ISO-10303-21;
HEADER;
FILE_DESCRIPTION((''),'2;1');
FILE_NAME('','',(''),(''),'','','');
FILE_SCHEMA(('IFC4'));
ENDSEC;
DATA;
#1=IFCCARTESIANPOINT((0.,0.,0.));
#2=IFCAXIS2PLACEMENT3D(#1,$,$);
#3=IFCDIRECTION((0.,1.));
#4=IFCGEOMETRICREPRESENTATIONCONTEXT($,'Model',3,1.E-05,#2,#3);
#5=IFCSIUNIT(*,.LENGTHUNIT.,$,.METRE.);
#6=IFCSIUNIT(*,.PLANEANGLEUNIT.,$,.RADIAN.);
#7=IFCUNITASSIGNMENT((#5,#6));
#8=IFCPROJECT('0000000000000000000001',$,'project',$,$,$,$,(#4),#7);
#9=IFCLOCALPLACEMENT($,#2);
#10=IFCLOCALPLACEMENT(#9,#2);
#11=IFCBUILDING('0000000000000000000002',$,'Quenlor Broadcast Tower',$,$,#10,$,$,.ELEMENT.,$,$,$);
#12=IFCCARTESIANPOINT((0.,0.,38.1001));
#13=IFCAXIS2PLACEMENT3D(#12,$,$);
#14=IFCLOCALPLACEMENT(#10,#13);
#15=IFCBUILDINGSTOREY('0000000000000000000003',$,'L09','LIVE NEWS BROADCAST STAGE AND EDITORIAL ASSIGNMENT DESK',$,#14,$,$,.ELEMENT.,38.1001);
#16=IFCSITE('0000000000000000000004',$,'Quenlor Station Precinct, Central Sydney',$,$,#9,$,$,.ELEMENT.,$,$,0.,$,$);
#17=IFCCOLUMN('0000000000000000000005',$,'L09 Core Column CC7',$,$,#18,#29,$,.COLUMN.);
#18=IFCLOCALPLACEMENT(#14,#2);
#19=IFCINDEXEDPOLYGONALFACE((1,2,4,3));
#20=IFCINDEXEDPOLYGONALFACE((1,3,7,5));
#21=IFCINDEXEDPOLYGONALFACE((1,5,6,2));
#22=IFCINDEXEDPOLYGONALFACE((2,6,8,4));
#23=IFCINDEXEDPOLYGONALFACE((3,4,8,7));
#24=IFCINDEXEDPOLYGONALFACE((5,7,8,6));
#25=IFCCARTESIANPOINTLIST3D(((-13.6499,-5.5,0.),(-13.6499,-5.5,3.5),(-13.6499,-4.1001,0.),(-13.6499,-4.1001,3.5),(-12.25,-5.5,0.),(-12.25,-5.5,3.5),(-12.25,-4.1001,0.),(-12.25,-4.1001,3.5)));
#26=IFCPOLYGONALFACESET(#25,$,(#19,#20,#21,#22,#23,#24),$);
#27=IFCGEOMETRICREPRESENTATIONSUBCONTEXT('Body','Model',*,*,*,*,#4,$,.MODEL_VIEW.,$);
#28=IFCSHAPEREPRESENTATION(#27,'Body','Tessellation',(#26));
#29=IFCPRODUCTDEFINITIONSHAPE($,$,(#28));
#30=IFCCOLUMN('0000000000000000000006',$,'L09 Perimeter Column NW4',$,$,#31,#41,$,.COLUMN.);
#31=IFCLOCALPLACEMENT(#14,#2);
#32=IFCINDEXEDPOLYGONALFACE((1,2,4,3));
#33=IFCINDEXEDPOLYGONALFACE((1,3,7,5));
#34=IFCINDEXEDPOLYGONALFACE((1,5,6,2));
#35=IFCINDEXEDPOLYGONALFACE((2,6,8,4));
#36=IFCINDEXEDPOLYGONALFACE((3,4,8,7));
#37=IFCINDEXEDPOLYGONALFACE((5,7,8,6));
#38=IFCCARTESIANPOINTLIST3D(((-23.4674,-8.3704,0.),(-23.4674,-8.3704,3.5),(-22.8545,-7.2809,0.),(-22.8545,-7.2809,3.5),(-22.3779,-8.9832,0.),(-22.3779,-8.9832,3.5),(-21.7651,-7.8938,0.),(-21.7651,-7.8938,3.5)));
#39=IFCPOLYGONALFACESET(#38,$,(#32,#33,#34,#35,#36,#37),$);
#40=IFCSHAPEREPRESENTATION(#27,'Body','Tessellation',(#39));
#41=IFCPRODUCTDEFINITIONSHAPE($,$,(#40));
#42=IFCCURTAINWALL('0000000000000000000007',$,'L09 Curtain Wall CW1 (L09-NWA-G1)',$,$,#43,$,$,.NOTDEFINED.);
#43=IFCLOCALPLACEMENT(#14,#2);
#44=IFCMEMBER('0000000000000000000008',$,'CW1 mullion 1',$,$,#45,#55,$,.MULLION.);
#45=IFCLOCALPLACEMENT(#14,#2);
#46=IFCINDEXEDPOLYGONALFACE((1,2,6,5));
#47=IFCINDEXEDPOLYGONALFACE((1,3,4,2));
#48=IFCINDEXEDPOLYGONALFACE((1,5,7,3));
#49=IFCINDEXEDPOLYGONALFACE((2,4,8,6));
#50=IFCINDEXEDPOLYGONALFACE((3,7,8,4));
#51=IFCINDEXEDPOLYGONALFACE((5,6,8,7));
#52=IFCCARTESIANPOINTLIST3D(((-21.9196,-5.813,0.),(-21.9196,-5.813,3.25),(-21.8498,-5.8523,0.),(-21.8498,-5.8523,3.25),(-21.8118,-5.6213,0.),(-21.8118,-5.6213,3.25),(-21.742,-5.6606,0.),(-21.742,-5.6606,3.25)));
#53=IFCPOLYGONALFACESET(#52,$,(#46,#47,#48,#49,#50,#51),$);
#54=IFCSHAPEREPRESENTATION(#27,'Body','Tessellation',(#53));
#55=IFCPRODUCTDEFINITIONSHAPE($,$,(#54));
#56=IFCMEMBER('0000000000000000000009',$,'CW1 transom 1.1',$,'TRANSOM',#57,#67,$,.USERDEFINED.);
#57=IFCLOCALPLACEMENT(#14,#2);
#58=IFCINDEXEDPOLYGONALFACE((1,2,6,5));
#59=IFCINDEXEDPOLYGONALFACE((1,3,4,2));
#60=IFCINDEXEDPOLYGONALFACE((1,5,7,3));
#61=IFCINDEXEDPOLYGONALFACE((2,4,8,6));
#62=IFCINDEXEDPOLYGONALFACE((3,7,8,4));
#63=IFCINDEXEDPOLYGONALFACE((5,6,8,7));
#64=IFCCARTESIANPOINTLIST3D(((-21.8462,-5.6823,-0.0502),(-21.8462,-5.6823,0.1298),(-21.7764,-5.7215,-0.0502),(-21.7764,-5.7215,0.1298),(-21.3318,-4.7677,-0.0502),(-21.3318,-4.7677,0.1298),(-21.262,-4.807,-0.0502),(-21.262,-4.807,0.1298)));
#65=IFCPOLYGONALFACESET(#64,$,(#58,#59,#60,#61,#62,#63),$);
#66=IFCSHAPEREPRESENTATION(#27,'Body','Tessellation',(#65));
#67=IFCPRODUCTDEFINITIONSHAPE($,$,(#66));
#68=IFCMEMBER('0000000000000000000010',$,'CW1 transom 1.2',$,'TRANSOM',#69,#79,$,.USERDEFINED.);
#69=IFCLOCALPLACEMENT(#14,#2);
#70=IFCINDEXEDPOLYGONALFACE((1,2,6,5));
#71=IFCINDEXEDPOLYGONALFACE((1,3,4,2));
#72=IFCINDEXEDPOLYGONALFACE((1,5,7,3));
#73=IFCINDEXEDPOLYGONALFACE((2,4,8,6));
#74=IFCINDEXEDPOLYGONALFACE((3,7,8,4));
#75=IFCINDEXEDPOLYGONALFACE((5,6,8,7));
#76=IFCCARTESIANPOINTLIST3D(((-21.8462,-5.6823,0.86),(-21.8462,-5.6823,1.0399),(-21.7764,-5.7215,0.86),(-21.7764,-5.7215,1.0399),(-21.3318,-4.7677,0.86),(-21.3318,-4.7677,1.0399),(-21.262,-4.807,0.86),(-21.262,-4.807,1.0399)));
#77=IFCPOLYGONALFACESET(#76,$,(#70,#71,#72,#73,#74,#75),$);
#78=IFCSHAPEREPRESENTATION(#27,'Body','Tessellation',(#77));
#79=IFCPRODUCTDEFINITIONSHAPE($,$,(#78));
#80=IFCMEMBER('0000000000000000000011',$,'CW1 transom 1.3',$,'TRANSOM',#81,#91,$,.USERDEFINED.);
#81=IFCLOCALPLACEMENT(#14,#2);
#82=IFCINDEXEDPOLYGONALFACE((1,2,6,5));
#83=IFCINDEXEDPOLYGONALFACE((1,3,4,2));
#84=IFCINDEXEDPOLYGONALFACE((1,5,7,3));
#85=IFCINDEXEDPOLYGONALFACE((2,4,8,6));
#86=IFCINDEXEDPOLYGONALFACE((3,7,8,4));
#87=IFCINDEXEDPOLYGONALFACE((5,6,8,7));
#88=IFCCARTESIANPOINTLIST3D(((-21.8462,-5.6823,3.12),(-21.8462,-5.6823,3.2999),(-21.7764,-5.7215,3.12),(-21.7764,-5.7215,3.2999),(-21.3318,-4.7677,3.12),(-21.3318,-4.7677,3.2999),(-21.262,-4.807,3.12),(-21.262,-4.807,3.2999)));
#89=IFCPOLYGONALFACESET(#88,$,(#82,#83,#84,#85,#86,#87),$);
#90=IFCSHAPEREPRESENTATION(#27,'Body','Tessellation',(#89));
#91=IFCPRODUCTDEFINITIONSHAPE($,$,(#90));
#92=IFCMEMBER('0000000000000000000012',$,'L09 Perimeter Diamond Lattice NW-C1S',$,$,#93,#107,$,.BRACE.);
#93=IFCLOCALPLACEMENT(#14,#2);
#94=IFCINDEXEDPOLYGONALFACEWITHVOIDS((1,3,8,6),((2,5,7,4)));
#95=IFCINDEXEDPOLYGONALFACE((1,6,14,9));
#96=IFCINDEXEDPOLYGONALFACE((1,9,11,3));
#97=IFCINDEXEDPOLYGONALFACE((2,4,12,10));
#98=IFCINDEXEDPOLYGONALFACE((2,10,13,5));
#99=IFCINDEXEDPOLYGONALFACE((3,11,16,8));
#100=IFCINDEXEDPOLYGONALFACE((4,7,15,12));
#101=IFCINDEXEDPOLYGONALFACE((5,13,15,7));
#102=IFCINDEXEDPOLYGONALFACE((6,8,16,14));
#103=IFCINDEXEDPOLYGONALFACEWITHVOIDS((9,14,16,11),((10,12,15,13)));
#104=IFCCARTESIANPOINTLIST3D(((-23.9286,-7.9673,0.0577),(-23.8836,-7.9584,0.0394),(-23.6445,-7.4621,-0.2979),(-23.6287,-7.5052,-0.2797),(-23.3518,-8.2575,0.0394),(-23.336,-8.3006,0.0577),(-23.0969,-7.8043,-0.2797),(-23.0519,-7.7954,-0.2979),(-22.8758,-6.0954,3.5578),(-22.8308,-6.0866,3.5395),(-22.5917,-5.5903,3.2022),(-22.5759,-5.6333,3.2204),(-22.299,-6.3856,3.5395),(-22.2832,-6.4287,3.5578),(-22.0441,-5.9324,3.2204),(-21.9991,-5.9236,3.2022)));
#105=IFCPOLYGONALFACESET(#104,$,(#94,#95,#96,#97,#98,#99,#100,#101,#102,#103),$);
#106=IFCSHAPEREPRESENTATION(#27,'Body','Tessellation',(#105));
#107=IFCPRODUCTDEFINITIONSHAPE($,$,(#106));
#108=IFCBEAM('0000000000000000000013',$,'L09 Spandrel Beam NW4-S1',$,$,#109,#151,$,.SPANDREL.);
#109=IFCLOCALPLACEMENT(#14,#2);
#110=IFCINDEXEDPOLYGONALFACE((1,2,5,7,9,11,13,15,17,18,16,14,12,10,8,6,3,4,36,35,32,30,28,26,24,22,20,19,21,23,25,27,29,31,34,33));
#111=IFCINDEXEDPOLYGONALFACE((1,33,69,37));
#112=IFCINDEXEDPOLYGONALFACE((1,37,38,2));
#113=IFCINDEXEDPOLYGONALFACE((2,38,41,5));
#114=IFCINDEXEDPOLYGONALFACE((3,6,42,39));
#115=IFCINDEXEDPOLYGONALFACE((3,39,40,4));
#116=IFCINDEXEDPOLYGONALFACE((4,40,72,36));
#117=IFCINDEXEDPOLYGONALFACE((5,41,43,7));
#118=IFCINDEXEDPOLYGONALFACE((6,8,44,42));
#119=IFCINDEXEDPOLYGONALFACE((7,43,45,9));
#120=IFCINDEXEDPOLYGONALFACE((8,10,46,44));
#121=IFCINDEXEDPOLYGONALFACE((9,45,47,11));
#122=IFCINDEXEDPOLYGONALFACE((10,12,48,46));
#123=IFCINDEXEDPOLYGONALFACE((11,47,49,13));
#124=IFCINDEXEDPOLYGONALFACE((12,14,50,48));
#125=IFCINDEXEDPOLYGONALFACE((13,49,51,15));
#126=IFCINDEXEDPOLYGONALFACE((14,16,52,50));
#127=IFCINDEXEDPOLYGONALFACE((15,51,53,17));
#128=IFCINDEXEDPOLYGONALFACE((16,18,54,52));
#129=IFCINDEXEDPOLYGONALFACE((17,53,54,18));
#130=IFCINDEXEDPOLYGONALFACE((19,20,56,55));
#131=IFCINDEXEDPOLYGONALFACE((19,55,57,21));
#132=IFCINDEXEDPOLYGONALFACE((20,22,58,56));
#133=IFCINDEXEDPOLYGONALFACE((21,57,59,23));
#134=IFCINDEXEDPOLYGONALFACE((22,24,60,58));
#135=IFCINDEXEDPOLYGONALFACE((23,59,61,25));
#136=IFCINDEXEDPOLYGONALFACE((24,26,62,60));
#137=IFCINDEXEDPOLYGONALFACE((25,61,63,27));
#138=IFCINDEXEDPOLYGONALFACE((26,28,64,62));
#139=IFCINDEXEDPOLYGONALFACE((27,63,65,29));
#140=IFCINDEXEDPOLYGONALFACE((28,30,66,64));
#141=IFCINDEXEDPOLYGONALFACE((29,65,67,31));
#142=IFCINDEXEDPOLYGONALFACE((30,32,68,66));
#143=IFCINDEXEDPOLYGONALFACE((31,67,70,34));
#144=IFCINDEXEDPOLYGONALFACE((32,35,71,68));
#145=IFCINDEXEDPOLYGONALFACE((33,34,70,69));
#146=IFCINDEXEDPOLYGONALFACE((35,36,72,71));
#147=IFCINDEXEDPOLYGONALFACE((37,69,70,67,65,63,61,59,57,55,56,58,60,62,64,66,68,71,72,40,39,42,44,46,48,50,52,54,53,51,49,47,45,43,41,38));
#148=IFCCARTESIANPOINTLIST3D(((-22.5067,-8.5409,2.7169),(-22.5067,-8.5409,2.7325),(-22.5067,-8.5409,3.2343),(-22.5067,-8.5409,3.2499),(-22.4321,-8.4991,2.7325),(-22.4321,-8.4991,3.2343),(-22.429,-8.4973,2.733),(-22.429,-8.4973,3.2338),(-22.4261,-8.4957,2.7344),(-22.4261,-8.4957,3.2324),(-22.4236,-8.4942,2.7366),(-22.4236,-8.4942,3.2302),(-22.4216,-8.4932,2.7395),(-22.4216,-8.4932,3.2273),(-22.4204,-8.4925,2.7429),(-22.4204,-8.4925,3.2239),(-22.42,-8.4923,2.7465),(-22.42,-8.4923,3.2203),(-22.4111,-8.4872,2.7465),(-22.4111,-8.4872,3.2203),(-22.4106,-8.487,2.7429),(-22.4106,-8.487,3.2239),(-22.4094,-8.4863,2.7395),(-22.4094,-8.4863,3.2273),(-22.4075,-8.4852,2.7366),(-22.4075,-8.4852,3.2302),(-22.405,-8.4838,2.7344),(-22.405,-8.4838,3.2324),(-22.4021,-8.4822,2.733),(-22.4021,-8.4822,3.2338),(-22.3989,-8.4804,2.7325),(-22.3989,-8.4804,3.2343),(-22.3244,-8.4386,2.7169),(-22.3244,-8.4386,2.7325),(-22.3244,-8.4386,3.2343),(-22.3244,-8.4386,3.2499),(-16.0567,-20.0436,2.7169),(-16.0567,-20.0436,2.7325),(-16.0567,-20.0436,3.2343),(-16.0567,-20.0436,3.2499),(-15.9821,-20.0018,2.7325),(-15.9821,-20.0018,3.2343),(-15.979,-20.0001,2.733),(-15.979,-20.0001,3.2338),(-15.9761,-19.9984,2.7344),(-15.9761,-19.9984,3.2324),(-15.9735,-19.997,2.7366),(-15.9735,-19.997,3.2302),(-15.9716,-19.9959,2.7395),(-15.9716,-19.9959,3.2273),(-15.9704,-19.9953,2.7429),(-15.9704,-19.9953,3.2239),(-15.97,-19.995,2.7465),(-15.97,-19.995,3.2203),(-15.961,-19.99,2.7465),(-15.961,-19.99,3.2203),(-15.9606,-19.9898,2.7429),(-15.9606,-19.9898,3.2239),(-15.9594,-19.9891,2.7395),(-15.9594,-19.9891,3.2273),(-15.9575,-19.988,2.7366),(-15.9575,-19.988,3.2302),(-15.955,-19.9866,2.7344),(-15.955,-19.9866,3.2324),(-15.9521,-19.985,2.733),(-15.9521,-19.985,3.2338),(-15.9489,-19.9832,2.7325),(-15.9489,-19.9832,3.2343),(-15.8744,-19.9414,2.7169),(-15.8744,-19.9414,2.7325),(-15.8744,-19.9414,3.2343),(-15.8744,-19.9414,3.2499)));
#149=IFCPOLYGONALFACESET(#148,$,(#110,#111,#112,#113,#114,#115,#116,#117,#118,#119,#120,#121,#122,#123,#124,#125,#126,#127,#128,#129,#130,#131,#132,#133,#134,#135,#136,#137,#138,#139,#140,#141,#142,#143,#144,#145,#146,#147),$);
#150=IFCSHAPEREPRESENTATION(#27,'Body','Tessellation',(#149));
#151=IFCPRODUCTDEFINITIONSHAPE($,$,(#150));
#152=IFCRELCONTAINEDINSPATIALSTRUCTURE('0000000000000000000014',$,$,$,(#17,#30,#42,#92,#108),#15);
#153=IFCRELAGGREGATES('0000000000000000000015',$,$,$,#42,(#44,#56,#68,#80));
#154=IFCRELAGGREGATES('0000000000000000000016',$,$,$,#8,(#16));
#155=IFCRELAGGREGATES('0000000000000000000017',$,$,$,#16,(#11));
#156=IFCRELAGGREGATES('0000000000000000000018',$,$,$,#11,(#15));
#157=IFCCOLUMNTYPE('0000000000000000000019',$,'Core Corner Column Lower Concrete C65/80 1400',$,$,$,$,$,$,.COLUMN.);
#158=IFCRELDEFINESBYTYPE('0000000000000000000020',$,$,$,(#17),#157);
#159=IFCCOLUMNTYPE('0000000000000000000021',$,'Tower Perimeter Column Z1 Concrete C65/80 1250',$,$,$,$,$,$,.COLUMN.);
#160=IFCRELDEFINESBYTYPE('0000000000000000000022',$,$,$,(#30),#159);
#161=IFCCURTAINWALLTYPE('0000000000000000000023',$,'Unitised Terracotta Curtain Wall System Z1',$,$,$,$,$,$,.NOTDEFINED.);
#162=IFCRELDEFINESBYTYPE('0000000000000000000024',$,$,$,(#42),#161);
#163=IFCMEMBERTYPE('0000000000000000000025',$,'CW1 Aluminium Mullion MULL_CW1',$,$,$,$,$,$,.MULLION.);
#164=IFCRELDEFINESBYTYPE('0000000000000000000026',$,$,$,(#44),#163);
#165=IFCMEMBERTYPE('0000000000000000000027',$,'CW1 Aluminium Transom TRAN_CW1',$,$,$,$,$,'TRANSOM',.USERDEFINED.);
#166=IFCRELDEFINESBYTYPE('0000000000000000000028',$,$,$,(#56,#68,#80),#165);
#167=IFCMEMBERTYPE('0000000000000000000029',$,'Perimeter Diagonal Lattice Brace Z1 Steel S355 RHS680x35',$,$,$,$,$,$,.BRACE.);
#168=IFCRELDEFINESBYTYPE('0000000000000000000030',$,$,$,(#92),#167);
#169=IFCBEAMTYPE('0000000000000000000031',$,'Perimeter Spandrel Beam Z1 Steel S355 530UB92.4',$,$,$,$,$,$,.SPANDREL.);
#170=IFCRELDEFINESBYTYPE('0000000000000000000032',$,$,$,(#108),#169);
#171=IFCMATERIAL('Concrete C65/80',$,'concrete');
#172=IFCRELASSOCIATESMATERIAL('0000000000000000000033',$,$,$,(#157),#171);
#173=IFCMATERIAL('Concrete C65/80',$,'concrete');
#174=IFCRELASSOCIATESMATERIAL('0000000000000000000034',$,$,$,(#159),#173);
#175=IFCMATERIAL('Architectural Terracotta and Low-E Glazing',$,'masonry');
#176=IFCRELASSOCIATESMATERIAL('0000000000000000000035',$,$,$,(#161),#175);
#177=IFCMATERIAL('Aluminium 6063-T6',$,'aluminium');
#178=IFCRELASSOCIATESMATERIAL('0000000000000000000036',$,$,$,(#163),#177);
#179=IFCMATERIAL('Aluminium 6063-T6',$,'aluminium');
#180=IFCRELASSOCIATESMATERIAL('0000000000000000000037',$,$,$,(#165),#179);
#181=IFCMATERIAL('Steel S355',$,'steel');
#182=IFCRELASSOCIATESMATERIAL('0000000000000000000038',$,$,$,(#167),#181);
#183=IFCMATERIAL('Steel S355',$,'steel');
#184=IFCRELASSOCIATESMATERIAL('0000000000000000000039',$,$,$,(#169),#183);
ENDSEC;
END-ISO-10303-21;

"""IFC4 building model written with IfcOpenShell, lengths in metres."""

from ifc_helpers import new_model, si_unit, direction, frame, origin, origin_2d, place, context, subcontext, project, spatial, rectangle, hollow_rectangle, i_section, extrude, material, material_profile, profile_set, type_object, element, aggregate, save


model = new_model("IFC4")

# Units and contexts
model_context = context("Model", 3, precision=1e-05, world=origin(), true_north=direction((0.0, 1.0)))
body_context = subcontext(model_context, "Body", "Model", "MODEL_VIEW")
ifc_project = project(units=[si_unit("LENGTHUNIT", "METRE"), si_unit("PLANEANGLEUNIT", "RADIAN")], contexts=[model_context])

# Site, building, storey
site_placement = place(None, origin())
site = spatial("IfcSite", under=ifc_project, at=site_placement, Name="Quenlor Station Precinct, Central Sydney", CompositionType="ELEMENT", RefElevation=0.0)
building_placement = place(site_placement, origin())
building = spatial("IfcBuilding", under=site, at=building_placement, Name="Quenlor Broadcast Tower", CompositionType="ELEMENT")
storey_placement = place(building_placement, frame((0.0, 0.0, 38.1001)))
storey = spatial("IfcBuildingStorey", under=building, at=storey_placement, Name="L09", Description="LIVE NEWS BROADCAST STAGE AND EDITORIAL ASSIGNMENT DESK", CompositionType="ELEMENT", Elevation=38.1001)

# Columns
ifc_material_1 = material(Name="Concrete C65/80", Category="concrete")
ifc_material_profile_1 = material_profile(ifc_material_1, rectangle(XDim=1.3999, YDim=1.3999, at=origin_2d()))
ifc_profile_set_1 = profile_set([ifc_material_profile_1], Name="Concrete C65/80 RC1400x1400")
column_type_1 = type_object("IfcColumnType", Name="Core Corner Column Lower Concrete C65/80 1400", PredefinedType="COLUMN", material=ifc_profile_set_1)
column_1_placement = place(storey_placement, frame((-12.95, -4.8, 0.0), z_axis=(0.0, 0.0, 1.0), x_axis=(1.0, 0.0, 0.0)))
element("IfcColumn", 1, at=column_1_placement, inside=storey, type_object=column_type_1, Name="L09 Core Column CC7", PredefinedType="COLUMN", context=body_context, shape_type="SweptSolid", body=[
    extrude(rectangle(XDim=1.3999, YDim=1.3999, at=origin_2d()), origin(), (0.0, 0.0, 1.0), 3.5),
])
ifc_material_2 = material(Name="Concrete C65/80", Category="concrete")
ifc_material_profile_2 = material_profile(ifc_material_2, rectangle(XDim=1.25, YDim=1.25, at=origin_2d()))
ifc_profile_set_2 = profile_set([ifc_material_profile_2], Name="Concrete C65/80 RC1250x1250")
column_type_2 = type_object("IfcColumnType", Name="Tower Perimeter Column Z1 Concrete C65/80 1250", PredefinedType="COLUMN", material=ifc_profile_set_2)
column_2_placement = place(storey_placement, frame((-22.6162, -8.1321, 0.0), z_axis=(0.0, 0.0, 1.0), x_axis=(-0.871575, 0.490262, 0.0)))
element("IfcColumn", 2, at=column_2_placement, inside=storey, type_object=column_type_2, Name="L09 Perimeter Column NW4", PredefinedType="COLUMN", context=body_context, shape_type="SweptSolid", body=[
    extrude(rectangle(XDim=1.25, YDim=1.25, at=origin_2d()), origin(), (0.0, 0.0, 1.0), 3.5),
])

# Curtain wall, members
ifc_material_3 = material(Name="Architectural Terracotta and Low-E Glazing", Category="masonry")
curtain_wall_type = type_object("IfcCurtainWallType", Name="Unitised Terracotta Curtain Wall System Z1", PredefinedType="NOTDEFINED", material=ifc_material_3)
curtain_wall_placement = place(storey_placement, origin())
curtain_wall = element("IfcCurtainWall", 3, at=curtain_wall_placement, inside=storey, type_object=curtain_wall_type, Name="L09 Curtain Wall CW1 (L09-NWA-G1)", PredefinedType="NOTDEFINED")
ifc_material_4 = material(Name="Aluminium 6063-T6", Category="aluminium")
ifc_material_profile_3 = material_profile(ifc_material_4, rectangle(XDim=0.0801, YDim=0.22, at=origin_2d()))
ifc_profile_set_3 = profile_set([ifc_material_profile_3], Name="Aluminium 6063-T6 MULL80x220")
member_type_1 = type_object("IfcMemberType", Name="CW1 Aluminium Mullion MULL_CW1", PredefinedType="MULLION", material=ifc_profile_set_3)
member_1_placement = place(storey_placement, frame((-21.8308, -5.7368, 0.0), z_axis=(0.0, 0.0, 1.0), x_axis=(-0.871567, 0.490277, 0.0)))
member_1 = element("IfcMember", 4, at=member_1_placement, type_object=member_type_1, Name="CW1 mullion 1", PredefinedType="MULLION", context=body_context, shape_type="SweptSolid", body=[
    extrude(rectangle(XDim=0.0801, YDim=0.22, at=origin_2d()), origin(), (0.0, 0.0, 1.0), 3.25),
])
ifc_material_5 = material(Name="Aluminium 6063-T6", Category="aluminium")
ifc_material_profile_4 = material_profile(ifc_material_5, rectangle(XDim=0.0801, YDim=0.1799, at=origin_2d()))
ifc_profile_set_4 = profile_set([ifc_material_profile_4], Name="Aluminium 6063-T6 TRAN80x180")
member_type_2 = type_object("IfcMemberType", Name="CW1 Aluminium Transom TRAN_CW1", ElementType="TRANSOM", PredefinedType="USERDEFINED", material=ifc_profile_set_4)
member_2_placement = place(storey_placement, frame((-21.8113, -5.7019, 0.0398), z_axis=(0.490239, 0.871588, 0.0), x_axis=(-0.871588, 0.490239, 0.0)))
member_2 = element("IfcMember", 5, at=member_2_placement, type_object=member_type_2, Name="CW1 transom 1.1", ObjectType="TRANSOM", PredefinedType="USERDEFINED", context=body_context, shape_type="SweptSolid", body=[
    extrude(rectangle(XDim=0.0801, YDim=0.1799, at=origin_2d()), origin(), (0.0, 0.0, 1.0), 1.0493),
])
member_3_placement = place(storey_placement, frame((-21.8113, -5.7019, 0.95), z_axis=(0.490239, 0.871588, 0.0), x_axis=(-0.871588, 0.490239, 0.0)))
member_3 = element("IfcMember", 6, at=member_3_placement, type_object=member_type_2, Name="CW1 transom 1.2", ObjectType="TRANSOM", PredefinedType="USERDEFINED", context=body_context, shape_type="SweptSolid", body=[
    extrude(rectangle(XDim=0.0801, YDim=0.1799, at=origin_2d()), origin(), (0.0, 0.0, 1.0), 1.0493),
])
member_4_placement = place(storey_placement, frame((-21.8113, -5.7019, 3.21), z_axis=(0.490239, 0.871588, 0.0), x_axis=(-0.871588, 0.490239, 0.0)))
member_4 = element("IfcMember", 7, at=member_4_placement, type_object=member_type_2, Name="CW1 transom 1.3", ObjectType="TRANSOM", PredefinedType="USERDEFINED", context=body_context, shape_type="SweptSolid", body=[
    extrude(rectangle(XDim=0.0801, YDim=0.1799, at=origin_2d()), origin(), (0.0, 0.0, 1.0), 1.0493),
])

# Member
ifc_material_6 = material(Name="Steel S355", Category="steel")
ifc_material_profile_5 = material_profile(ifc_material_6, hollow_rectangle(XDim=0.6799, YDim=0.6799, WallThickness=0.0349, at=origin_2d()))
ifc_profile_set_5 = profile_set([ifc_material_profile_5], Name="Steel S355 RHS680x680x35")
member_type_3 = type_object("IfcMemberType", Name="Perimeter Diagonal Lattice Brace Z1 Steel S355 RHS680x35", PredefinedType="BRACE", material=ifc_profile_set_5)
member_5_placement = place(storey_placement, frame((-23.4902, -7.8813, -0.1201), z_axis=(0.256368, 0.455839, 0.852342), x_axis=(-0.871609, 0.490202, 0.0)))
element("IfcMember", 8, at=member_5_placement, inside=storey, type_object=member_type_3, Name="L09 Perimeter Diamond Lattice NW-C1S", PredefinedType="BRACE", context=body_context, shape_type="SweptSolid", body=[
    extrude(hollow_rectangle(XDim=0.6799, YDim=0.6799, WallThickness=0.0349, at=origin_2d()), origin(), (0.0, 0.0, 1.0), 4.1064),
])

# Beam
ifc_material_7 = material(Name="Steel S355", Category="steel")
ifc_material_profile_6 = material_profile(ifc_material_7, i_section(OverallWidth=0.209, OverallDepth=0.533, WebThickness=0.0103, FlangeThickness=0.0156, FilletRadius=0.0139, at=origin_2d()))
ifc_profile_set_6 = profile_set([ifc_material_profile_6], Name="Steel S355 530UB92.4")
beam_type_1 = type_object("IfcBeamType", Name="Perimeter Spandrel Beam Z1 Steel S355 530UB92.4", PredefinedType="SPANDREL", material=ifc_profile_set_6)
beam_1_placement = place(storey_placement, frame((-22.4155, -8.4897, 2.9834), z_axis=(0.489091, -0.872233, 0.0), x_axis=(0.872233, 0.489091, 0.0)))
element("IfcBeam", 9, at=beam_1_placement, inside=storey, type_object=beam_type_1, Name="L09 Spandrel Beam NW4-S1", PredefinedType="SPANDREL", context=body_context, shape_type="SweptSolid", body=[
    extrude(i_section(OverallWidth=0.209, OverallDepth=0.533, WebThickness=0.0103, FlangeThickness=0.0156, FilletRadius=0.0139, at=origin_2d()), origin(), (0.0, 0.0, 1.0), 13.1877),
])

aggregate(curtain_wall, [member_1, member_2, member_3, member_4])

save(model, "model.ifc")
